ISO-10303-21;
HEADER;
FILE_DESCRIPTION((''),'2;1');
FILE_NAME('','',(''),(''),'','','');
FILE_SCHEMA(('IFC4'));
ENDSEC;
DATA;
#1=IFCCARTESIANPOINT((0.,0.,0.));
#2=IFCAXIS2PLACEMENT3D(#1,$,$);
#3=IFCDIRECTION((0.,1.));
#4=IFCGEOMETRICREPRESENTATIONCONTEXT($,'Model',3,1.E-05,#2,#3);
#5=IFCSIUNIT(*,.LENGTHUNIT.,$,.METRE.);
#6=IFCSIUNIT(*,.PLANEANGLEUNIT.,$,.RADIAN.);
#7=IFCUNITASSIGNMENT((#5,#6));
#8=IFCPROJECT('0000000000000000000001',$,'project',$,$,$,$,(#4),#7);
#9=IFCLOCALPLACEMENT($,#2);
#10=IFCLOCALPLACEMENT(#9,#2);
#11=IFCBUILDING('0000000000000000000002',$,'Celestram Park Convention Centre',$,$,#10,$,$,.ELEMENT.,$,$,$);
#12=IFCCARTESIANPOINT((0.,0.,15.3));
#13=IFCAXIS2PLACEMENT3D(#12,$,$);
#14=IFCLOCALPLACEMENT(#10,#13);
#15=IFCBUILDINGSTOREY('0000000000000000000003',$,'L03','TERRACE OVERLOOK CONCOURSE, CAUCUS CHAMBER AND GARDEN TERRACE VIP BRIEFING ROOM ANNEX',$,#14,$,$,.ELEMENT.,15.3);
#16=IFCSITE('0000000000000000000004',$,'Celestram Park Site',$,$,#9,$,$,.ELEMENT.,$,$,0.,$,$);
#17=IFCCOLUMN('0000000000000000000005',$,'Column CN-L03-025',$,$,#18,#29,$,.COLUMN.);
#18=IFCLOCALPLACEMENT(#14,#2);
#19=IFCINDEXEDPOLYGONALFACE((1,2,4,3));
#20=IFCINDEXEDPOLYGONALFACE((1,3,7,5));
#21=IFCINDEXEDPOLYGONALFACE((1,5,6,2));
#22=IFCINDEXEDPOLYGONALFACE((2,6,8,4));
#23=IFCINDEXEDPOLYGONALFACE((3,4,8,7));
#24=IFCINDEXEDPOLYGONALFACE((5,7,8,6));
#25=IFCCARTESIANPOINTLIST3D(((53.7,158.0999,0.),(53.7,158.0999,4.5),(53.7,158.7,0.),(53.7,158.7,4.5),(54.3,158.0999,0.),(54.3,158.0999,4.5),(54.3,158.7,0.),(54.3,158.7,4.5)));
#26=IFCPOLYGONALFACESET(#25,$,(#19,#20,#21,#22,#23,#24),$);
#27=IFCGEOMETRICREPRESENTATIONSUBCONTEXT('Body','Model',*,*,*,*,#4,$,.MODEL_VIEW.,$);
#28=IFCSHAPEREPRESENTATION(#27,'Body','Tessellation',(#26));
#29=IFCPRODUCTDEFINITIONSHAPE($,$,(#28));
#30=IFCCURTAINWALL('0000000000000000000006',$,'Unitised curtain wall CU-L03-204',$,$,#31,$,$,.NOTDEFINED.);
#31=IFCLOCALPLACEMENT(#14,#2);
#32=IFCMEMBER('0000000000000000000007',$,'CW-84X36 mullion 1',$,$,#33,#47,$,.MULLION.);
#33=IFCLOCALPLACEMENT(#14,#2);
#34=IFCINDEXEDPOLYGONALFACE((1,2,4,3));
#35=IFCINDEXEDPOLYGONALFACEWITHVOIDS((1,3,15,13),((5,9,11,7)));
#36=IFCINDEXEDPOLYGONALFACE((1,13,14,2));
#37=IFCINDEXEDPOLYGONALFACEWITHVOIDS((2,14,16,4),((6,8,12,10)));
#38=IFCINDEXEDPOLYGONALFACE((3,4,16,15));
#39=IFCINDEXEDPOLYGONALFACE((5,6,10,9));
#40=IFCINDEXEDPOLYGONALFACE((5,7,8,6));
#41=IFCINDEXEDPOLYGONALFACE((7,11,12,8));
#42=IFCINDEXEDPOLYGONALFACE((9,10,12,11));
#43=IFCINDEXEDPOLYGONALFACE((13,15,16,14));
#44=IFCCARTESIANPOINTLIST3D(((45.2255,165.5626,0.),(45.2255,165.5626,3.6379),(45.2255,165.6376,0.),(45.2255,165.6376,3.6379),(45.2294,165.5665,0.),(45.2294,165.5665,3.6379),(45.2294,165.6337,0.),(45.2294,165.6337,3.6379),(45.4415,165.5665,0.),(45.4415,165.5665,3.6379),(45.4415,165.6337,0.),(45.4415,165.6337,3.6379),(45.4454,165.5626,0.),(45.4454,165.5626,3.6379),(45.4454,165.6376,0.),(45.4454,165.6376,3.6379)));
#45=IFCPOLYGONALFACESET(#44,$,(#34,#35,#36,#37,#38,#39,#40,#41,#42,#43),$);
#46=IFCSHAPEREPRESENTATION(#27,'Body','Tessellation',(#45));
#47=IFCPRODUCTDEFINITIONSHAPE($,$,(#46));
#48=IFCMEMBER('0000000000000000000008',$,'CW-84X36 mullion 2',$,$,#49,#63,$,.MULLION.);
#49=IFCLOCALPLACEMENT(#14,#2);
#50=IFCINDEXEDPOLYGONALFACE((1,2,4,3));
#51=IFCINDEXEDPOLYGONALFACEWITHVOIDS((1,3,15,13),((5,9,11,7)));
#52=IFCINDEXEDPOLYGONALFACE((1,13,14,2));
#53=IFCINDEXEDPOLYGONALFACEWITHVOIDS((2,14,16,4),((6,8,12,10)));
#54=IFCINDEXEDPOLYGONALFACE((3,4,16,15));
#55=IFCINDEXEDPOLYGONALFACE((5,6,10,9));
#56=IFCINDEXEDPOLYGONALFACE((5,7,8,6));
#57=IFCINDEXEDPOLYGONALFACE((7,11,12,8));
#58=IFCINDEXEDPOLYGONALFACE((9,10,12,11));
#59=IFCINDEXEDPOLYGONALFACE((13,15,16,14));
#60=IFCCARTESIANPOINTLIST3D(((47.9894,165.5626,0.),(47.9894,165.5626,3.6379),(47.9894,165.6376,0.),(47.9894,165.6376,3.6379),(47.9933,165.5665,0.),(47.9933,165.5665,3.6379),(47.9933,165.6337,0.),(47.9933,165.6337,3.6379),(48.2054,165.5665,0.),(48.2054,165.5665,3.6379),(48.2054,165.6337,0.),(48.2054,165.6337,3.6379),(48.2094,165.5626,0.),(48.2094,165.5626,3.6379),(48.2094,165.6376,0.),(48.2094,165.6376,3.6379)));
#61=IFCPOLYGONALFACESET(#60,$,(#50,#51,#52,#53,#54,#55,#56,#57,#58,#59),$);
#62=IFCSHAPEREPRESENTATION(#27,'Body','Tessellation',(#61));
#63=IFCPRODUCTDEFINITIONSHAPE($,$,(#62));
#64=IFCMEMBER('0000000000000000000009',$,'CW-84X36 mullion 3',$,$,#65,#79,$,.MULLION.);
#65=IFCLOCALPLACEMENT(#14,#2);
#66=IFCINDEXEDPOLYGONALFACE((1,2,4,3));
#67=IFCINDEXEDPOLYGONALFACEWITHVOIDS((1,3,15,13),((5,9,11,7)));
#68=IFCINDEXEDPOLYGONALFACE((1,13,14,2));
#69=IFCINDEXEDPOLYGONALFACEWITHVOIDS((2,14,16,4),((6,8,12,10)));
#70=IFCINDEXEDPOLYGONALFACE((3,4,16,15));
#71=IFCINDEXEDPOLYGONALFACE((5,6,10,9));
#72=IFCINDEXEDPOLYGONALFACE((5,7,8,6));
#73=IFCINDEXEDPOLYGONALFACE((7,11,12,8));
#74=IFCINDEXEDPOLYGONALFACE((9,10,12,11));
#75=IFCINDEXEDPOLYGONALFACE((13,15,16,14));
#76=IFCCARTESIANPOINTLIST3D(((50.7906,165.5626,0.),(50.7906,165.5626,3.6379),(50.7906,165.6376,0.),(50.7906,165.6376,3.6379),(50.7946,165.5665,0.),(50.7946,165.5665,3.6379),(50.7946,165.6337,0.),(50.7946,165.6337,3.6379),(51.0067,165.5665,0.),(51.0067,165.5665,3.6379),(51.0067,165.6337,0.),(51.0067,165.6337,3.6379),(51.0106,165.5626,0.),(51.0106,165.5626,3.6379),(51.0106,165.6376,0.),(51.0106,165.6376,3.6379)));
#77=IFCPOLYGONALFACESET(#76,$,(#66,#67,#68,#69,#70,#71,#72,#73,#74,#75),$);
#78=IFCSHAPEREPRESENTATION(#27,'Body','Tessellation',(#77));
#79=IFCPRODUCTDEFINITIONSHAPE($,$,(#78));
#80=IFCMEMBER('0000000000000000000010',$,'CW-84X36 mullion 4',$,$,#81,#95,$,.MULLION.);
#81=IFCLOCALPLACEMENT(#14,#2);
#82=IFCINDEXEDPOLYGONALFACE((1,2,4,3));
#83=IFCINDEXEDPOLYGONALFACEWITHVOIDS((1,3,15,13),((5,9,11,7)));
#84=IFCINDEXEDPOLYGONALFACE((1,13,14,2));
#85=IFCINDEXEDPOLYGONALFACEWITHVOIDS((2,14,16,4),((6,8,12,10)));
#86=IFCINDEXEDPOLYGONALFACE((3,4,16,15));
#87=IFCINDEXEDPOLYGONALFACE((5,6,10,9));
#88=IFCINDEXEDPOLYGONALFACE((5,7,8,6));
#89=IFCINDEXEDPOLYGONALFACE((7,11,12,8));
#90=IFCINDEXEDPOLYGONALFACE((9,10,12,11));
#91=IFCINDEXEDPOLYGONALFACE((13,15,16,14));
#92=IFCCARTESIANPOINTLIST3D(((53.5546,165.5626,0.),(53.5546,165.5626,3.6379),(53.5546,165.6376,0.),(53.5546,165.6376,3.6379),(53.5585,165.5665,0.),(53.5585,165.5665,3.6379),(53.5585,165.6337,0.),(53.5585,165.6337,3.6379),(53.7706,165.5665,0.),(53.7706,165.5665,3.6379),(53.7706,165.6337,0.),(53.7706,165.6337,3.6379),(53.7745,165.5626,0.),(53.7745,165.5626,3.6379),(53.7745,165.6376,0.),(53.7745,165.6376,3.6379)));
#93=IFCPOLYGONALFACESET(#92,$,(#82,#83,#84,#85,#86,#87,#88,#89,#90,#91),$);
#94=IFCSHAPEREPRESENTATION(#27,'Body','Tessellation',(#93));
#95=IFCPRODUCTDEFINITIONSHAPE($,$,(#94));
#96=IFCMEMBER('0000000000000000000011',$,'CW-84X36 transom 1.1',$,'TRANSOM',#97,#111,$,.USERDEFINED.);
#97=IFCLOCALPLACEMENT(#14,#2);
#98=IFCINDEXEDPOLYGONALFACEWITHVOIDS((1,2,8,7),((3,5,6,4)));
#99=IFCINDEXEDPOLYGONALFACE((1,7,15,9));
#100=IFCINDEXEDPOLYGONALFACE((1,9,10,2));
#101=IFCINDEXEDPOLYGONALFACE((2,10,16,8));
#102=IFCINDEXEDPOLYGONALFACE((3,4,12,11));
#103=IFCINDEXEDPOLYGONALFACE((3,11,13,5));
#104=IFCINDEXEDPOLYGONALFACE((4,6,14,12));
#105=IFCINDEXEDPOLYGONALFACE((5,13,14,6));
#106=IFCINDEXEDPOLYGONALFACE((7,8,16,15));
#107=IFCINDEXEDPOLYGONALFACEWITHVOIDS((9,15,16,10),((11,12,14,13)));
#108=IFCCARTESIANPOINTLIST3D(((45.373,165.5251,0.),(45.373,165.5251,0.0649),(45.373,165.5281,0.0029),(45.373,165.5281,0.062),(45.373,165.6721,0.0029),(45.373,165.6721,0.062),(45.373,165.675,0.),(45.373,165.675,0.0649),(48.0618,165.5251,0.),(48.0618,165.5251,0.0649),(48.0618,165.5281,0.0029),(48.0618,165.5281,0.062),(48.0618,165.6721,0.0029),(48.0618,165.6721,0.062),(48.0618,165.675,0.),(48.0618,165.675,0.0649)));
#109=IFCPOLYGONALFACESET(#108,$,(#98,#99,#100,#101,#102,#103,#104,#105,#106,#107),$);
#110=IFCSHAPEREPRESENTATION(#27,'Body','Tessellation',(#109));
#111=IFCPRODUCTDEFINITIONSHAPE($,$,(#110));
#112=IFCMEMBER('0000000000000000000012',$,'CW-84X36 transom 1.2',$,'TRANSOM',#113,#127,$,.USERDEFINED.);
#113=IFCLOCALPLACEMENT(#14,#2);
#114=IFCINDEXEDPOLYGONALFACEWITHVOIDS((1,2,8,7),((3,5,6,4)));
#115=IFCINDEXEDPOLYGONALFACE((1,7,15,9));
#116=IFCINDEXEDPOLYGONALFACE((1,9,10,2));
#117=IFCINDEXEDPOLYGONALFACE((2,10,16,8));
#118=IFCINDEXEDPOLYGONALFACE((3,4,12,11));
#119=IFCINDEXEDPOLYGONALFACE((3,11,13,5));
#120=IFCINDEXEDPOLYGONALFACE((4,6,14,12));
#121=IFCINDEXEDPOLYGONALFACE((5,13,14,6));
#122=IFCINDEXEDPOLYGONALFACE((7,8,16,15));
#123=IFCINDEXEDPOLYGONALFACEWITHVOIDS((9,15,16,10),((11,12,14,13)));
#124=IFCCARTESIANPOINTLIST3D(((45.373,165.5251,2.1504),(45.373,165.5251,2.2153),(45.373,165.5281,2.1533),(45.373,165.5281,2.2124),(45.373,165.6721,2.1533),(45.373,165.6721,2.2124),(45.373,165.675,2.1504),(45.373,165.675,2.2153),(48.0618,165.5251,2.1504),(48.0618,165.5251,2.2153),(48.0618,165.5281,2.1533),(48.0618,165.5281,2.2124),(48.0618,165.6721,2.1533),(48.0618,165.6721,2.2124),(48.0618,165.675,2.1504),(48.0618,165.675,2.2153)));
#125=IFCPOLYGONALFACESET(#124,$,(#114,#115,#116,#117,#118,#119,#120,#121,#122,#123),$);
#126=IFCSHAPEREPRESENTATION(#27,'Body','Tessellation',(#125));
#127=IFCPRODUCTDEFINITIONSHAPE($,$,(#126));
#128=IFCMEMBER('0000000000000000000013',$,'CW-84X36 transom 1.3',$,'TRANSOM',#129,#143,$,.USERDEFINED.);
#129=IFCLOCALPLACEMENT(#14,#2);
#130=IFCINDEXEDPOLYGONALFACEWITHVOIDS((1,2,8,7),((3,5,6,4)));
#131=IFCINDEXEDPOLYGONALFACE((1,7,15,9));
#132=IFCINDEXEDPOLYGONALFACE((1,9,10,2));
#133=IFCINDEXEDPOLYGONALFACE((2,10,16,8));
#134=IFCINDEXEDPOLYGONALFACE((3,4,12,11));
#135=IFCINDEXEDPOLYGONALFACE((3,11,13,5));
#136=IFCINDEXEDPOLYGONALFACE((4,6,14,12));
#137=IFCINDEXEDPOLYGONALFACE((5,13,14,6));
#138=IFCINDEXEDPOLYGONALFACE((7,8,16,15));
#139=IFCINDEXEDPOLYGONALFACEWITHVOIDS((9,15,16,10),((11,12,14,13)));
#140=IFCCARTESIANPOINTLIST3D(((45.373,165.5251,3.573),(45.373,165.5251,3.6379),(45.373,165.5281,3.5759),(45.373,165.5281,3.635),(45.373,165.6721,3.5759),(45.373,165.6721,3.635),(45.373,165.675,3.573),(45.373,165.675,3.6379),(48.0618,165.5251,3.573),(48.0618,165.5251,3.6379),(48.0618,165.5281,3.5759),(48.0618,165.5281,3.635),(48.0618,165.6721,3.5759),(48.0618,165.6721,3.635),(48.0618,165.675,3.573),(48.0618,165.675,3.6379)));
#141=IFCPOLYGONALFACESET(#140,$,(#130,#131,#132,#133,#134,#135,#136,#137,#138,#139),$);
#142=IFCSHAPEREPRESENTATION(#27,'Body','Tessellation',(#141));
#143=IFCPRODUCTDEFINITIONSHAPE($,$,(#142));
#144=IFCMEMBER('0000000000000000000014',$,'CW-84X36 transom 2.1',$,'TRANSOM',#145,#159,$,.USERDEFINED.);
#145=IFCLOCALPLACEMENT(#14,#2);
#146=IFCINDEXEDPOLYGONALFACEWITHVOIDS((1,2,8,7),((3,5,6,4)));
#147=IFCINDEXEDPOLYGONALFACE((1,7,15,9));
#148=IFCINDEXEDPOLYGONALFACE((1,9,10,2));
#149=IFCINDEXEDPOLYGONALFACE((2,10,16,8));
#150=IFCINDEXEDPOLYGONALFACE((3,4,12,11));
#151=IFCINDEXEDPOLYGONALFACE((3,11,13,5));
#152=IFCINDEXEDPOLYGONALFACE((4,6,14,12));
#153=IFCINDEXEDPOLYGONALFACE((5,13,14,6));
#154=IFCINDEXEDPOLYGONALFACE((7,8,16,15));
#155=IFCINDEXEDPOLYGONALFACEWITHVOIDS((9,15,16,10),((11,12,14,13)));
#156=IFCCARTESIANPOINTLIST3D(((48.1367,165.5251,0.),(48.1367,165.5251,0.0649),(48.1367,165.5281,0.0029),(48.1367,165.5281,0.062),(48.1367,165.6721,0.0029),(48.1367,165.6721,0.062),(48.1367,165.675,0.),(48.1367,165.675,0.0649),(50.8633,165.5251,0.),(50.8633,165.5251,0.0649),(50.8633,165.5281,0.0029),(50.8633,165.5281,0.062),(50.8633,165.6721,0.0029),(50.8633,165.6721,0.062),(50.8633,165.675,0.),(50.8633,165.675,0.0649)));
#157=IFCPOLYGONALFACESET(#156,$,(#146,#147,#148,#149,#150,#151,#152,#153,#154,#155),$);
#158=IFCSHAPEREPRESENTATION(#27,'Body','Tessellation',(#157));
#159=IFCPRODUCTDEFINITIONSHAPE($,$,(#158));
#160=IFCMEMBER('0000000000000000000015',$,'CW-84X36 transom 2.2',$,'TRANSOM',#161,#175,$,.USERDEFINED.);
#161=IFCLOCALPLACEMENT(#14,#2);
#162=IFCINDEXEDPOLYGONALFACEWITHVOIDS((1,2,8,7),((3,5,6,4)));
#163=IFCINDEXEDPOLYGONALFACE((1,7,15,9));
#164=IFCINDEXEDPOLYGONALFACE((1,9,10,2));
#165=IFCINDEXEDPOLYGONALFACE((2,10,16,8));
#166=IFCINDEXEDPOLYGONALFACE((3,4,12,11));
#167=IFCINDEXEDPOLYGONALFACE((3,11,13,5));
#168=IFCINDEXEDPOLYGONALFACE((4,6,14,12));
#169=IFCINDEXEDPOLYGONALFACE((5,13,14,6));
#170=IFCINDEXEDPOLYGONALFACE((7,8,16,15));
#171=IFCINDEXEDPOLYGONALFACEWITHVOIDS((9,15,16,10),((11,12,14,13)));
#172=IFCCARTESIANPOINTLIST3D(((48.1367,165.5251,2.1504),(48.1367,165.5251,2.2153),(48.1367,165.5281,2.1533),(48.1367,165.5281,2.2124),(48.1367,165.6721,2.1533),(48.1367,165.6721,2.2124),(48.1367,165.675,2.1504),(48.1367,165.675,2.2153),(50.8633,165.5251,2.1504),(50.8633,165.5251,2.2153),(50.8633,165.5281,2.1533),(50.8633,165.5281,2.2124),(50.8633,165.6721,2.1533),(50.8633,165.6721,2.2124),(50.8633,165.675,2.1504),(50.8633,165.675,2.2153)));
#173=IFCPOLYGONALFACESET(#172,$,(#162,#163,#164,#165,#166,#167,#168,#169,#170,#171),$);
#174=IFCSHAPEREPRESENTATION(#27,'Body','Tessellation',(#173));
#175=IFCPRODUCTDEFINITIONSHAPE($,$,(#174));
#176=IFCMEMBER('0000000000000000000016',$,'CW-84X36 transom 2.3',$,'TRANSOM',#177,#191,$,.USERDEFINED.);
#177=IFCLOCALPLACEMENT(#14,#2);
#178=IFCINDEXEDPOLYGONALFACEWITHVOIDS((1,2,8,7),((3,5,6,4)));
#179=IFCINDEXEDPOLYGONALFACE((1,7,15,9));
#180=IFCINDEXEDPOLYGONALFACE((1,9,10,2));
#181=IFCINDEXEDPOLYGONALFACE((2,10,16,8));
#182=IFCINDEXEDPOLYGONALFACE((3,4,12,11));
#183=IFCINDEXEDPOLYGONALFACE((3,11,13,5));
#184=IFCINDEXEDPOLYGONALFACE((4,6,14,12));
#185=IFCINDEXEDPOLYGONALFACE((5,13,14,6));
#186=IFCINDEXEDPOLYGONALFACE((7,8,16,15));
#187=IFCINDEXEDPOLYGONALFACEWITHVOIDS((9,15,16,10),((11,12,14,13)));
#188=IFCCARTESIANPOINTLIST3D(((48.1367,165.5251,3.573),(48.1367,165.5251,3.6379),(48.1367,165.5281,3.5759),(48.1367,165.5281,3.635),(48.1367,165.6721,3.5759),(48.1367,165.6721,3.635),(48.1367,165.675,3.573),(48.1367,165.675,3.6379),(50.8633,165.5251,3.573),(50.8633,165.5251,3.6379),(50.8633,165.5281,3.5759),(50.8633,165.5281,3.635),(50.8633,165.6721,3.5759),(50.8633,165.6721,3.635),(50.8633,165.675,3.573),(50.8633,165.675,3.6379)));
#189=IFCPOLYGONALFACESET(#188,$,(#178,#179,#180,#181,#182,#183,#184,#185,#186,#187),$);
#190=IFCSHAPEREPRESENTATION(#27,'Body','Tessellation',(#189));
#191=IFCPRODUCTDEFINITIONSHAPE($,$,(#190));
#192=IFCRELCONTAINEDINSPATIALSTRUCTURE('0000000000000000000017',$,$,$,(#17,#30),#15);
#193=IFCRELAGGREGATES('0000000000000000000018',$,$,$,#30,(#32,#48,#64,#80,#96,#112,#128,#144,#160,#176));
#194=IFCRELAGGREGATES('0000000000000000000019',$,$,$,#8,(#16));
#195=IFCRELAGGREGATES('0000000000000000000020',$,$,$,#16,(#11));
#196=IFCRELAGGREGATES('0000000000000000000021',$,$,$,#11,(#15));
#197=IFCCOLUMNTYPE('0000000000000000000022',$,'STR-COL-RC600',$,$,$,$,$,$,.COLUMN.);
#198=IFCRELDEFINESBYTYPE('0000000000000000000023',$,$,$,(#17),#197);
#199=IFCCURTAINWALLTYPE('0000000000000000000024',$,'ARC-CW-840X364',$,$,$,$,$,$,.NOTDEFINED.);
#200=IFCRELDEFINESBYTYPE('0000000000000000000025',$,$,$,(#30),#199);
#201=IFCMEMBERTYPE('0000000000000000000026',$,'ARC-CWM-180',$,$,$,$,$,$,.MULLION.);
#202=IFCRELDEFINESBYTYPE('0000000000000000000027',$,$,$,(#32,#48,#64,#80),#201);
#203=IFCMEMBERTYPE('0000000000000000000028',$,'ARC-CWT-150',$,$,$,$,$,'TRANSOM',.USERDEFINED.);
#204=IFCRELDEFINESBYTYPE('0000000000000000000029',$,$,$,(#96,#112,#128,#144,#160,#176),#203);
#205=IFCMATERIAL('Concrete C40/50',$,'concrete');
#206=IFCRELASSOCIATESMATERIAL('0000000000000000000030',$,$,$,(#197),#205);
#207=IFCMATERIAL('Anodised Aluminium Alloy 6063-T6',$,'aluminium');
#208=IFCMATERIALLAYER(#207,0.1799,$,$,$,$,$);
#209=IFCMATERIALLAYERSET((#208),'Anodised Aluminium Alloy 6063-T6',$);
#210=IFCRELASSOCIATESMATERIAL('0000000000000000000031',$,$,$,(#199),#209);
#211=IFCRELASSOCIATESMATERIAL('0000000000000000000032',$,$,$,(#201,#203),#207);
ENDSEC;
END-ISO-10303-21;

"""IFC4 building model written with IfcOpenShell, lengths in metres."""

from ifc_helpers import new_model, si_unit, direction, frame, origin, origin_2d, place, context, subcontext, project, spatial, rectangle, hollow_rectangle, extrude, material, layer, layer_set, material_profile, profile_set, type_object, element, aggregate, save


model = new_model("IFC4")

# Units and contexts
model_context = context("Model", 3, precision=1e-05, world=origin(), true_north=direction((0.0, 1.0)))
body_context = subcontext(model_context, "Body", "Model", "MODEL_VIEW")
ifc_project = project(units=[si_unit("LENGTHUNIT", "METRE"), si_unit("PLANEANGLEUNIT", "RADIAN")], contexts=[model_context])

# Site, building, storey
site_placement = place(None, origin())
site = spatial("IfcSite", under=ifc_project, at=site_placement, Name="Celestram Park Site", CompositionType="ELEMENT", RefElevation=0.0)
building_placement = place(site_placement, origin())
building = spatial("IfcBuilding", under=site, at=building_placement, Name="Celestram Park Convention Centre", CompositionType="ELEMENT")
storey_placement = place(building_placement, frame((0.0, 0.0, 15.3)))
storey = spatial("IfcBuildingStorey", under=building, at=storey_placement, Name="L03", Description="TERRACE OVERLOOK CONCOURSE, CAUCUS CHAMBER AND GARDEN TERRACE VIP BRIEFING ROOM ANNEX", CompositionType="ELEMENT", Elevation=15.3)

# Column
ifc_material_1 = material(Name="Concrete C40/50", Category="concrete")
ifc_material_profile_1 = material_profile(ifc_material_1, rectangle(XDim=0.6001, YDim=0.6001, at=origin_2d()), Name="RC600X600")
ifc_profile_set_1 = profile_set([ifc_material_profile_1], Name="Concrete C40/50")
column_type = type_object("IfcColumnType", Name="STR-COL-RC600", PredefinedType="COLUMN", material=ifc_profile_set_1)
column_placement = place(storey_placement, frame((54.0, 158.3999, 0.0), z_axis=(0.0, 0.0, 1.0), x_axis=(1.0, 0.0, 0.0)))
element("IfcColumn", 1, at=column_placement, inside=storey, type_object=column_type, Name="Column CN-L03-025", PredefinedType="COLUMN", context=body_context, shape_type="SweptSolid", body=[
    extrude(rectangle(XDim=0.6001, YDim=0.6001, at=origin_2d()), origin(), (0.0, 0.0, 1.0), 4.5),
])

# Curtain wall, members
ifc_material_2 = material(Name="Anodised Aluminium Alloy 6063-T6", Category="aluminium")
ifc_layer_1 = layer(ifc_material_2, 0.1799)
ifc_layer_set_1 = layer_set([ifc_layer_1], Name="Anodised Aluminium Alloy 6063-T6")
curtain_wall_type = type_object("IfcCurtainWallType", Name="ARC-CW-840X364", PredefinedType="NOTDEFINED", material=ifc_layer_set_1)
curtain_wall_placement = place(storey_placement, origin())
curtain_wall = element("IfcCurtainWall", 2, at=curtain_wall_placement, inside=storey, type_object=curtain_wall_type, Name="Unitised curtain wall CU-L03-204", PredefinedType="NOTDEFINED")
ifc_material_profile_2 = material_profile(ifc_material_2, hollow_rectangle(XDim=0.075, YDim=0.22, WallThickness=0.0039, at=origin_2d()), Name="ALU75X220X4")
ifc_profile_set_2 = profile_set([ifc_material_profile_2], Name="Anodised Aluminium Alloy 6063-T6")
member_type_1 = type_object("IfcMemberType", Name="ARC-CWM-180", PredefinedType="MULLION", material=ifc_profile_set_2)
member_1_placement = place(storey_placement, frame((45.3354, 165.6001, 0.0), z_axis=(0.0, 0.0, 1.0), x_axis=(0.0, 1.0, 0.0)))
member_1 = element("IfcMember", 3, at=member_1_placement, type_object=member_type_1, Name="CW-84X36 mullion 1", PredefinedType="MULLION", context=body_context, shape_type="SweptSolid", body=[
    extrude(hollow_rectangle(XDim=0.075, YDim=0.22, WallThickness=0.0039, at=origin_2d()), origin(), (0.0, 0.0, 1.0), 3.6379),
])
member_2_placement = place(storey_placement, frame((48.0994, 165.6001, 0.0), z_axis=(0.0, 0.0, 1.0), x_axis=(0.0, 1.0, 0.0)))
member_2 = element("IfcMember", 4, at=member_2_placement, type_object=member_type_1, Name="CW-84X36 mullion 2", PredefinedType="MULLION", context=body_context, shape_type="SweptSolid", body=[
    extrude(hollow_rectangle(XDim=0.075, YDim=0.22, WallThickness=0.0039, at=origin_2d()), origin(), (0.0, 0.0, 1.0), 3.6379),
])
member_3_placement = place(storey_placement, frame((50.9006, 165.6001, 0.0), z_axis=(0.0, 0.0, 1.0), x_axis=(0.0, 1.0, 0.0)))
member_3 = element("IfcMember", 5, at=member_3_placement, type_object=member_type_1, Name="CW-84X36 mullion 3", PredefinedType="MULLION", context=body_context, shape_type="SweptSolid", body=[
    extrude(hollow_rectangle(XDim=0.075, YDim=0.22, WallThickness=0.0039, at=origin_2d()), origin(), (0.0, 0.0, 1.0), 3.6379),
])
member_4_placement = place(storey_placement, frame((53.6646, 165.6001, 0.0), z_axis=(0.0, 0.0, 1.0), x_axis=(0.0, 1.0, 0.0)))
member_4 = element("IfcMember", 6, at=member_4_placement, type_object=member_type_1, Name="CW-84X36 mullion 4", PredefinedType="MULLION", context=body_context, shape_type="SweptSolid", body=[
    extrude(hollow_rectangle(XDim=0.075, YDim=0.22, WallThickness=0.0039, at=origin_2d()), origin(), (0.0, 0.0, 1.0), 3.6379),
])
ifc_material_profile_3 = material_profile(ifc_material_2, hollow_rectangle(XDim=0.1499, YDim=0.0649, WallThickness=0.0029, at=origin_2d()), Name="ALU150X65X3")
ifc_profile_set_3 = profile_set([ifc_material_profile_3], Name="Anodised Aluminium Alloy 6063-T6")
member_type_2 = type_object("IfcMemberType", Name="ARC-CWT-150", ElementType="TRANSOM", PredefinedType="USERDEFINED", material=ifc_profile_set_3)
member_5_placement = place(storey_placement, frame((45.373, 165.6001, 0.0325), z_axis=(1.0, 0.0, 0.0), x_axis=(0.0, 1.0, 0.0)))
member_5 = element("IfcMember", 7, at=member_5_placement, type_object=member_type_2, Name="CW-84X36 transom 1.1", ObjectType="TRANSOM", PredefinedType="USERDEFINED", context=body_context, shape_type="SweptSolid", body=[
    extrude(hollow_rectangle(XDim=0.1499, YDim=0.0649, WallThickness=0.0029, at=origin_2d()), origin(), (0.0, 0.0, 1.0), 2.6887),
])
member_6_placement = place(storey_placement, frame((45.373, 165.6001, 2.1829), z_axis=(1.0, 0.0, 0.0), x_axis=(0.0, 1.0, 0.0)))
member_6 = element("IfcMember", 8, at=member_6_placement, type_object=member_type_2, Name="CW-84X36 transom 1.2", ObjectType="TRANSOM", PredefinedType="USERDEFINED", context=body_context, shape_type="SweptSolid", body=[
    extrude(hollow_rectangle(XDim=0.1499, YDim=0.0649, WallThickness=0.0029, at=origin_2d()), origin(), (0.0, 0.0, 1.0), 2.6887),
])
member_7_placement = place(storey_placement, frame((45.373, 165.6001, 3.6055), z_axis=(1.0, 0.0, 0.0), x_axis=(0.0, 1.0, 0.0)))
member_7 = element("IfcMember", 9, at=member_7_placement, type_object=member_type_2, Name="CW-84X36 transom 1.3", ObjectType="TRANSOM", PredefinedType="USERDEFINED", context=body_context, shape_type="SweptSolid", body=[
    extrude(hollow_rectangle(XDim=0.1499, YDim=0.0649, WallThickness=0.0029, at=origin_2d()), origin(), (0.0, 0.0, 1.0), 2.6887),
])
member_8_placement = place(storey_placement, frame((48.1367, 165.6001, 0.0325), z_axis=(1.0, 0.0, 0.0), x_axis=(0.0, 1.0, 0.0)))
member_8 = element("IfcMember", 10, at=member_8_placement, type_object=member_type_2, Name="CW-84X36 transom 2.1", ObjectType="TRANSOM", PredefinedType="USERDEFINED", context=body_context, shape_type="SweptSolid", body=[
    extrude(hollow_rectangle(XDim=0.1499, YDim=0.0649, WallThickness=0.0029, at=origin_2d()), origin(), (0.0, 0.0, 1.0), 2.7266),
])
member_9_placement = place(storey_placement, frame((48.1367, 165.6001, 2.1829), z_axis=(1.0, 0.0, 0.0), x_axis=(0.0, 1.0, 0.0)))
member_9 = element("IfcMember", 11, at=member_9_placement, type_object=member_type_2, Name="CW-84X36 transom 2.2", ObjectType="TRANSOM", PredefinedType="USERDEFINED", context=body_context, shape_type="SweptSolid", body=[
    extrude(hollow_rectangle(XDim=0.1499, YDim=0.0649, WallThickness=0.0029, at=origin_2d()), origin(), (0.0, 0.0, 1.0), 2.7266),
])
member_10_placement = place(storey_placement, frame((48.1367, 165.6001, 3.6055), z_axis=(1.0, 0.0, 0.0), x_axis=(0.0, 1.0, 0.0)))
member_10 = element("IfcMember", 12, at=member_10_placement, type_object=member_type_2, Name="CW-84X36 transom 2.3", ObjectType="TRANSOM", PredefinedType="USERDEFINED", context=body_context, shape_type="SweptSolid", body=[
    extrude(hollow_rectangle(XDim=0.1499, YDim=0.0649, WallThickness=0.0029, at=origin_2d()), origin(), (0.0, 0.0, 1.0), 2.7266),
])

aggregate(curtain_wall, [member_1, member_2, member_3, member_4, member_5, member_6, member_7, member_8, member_9, member_10])

save(model, "model.ifc")
